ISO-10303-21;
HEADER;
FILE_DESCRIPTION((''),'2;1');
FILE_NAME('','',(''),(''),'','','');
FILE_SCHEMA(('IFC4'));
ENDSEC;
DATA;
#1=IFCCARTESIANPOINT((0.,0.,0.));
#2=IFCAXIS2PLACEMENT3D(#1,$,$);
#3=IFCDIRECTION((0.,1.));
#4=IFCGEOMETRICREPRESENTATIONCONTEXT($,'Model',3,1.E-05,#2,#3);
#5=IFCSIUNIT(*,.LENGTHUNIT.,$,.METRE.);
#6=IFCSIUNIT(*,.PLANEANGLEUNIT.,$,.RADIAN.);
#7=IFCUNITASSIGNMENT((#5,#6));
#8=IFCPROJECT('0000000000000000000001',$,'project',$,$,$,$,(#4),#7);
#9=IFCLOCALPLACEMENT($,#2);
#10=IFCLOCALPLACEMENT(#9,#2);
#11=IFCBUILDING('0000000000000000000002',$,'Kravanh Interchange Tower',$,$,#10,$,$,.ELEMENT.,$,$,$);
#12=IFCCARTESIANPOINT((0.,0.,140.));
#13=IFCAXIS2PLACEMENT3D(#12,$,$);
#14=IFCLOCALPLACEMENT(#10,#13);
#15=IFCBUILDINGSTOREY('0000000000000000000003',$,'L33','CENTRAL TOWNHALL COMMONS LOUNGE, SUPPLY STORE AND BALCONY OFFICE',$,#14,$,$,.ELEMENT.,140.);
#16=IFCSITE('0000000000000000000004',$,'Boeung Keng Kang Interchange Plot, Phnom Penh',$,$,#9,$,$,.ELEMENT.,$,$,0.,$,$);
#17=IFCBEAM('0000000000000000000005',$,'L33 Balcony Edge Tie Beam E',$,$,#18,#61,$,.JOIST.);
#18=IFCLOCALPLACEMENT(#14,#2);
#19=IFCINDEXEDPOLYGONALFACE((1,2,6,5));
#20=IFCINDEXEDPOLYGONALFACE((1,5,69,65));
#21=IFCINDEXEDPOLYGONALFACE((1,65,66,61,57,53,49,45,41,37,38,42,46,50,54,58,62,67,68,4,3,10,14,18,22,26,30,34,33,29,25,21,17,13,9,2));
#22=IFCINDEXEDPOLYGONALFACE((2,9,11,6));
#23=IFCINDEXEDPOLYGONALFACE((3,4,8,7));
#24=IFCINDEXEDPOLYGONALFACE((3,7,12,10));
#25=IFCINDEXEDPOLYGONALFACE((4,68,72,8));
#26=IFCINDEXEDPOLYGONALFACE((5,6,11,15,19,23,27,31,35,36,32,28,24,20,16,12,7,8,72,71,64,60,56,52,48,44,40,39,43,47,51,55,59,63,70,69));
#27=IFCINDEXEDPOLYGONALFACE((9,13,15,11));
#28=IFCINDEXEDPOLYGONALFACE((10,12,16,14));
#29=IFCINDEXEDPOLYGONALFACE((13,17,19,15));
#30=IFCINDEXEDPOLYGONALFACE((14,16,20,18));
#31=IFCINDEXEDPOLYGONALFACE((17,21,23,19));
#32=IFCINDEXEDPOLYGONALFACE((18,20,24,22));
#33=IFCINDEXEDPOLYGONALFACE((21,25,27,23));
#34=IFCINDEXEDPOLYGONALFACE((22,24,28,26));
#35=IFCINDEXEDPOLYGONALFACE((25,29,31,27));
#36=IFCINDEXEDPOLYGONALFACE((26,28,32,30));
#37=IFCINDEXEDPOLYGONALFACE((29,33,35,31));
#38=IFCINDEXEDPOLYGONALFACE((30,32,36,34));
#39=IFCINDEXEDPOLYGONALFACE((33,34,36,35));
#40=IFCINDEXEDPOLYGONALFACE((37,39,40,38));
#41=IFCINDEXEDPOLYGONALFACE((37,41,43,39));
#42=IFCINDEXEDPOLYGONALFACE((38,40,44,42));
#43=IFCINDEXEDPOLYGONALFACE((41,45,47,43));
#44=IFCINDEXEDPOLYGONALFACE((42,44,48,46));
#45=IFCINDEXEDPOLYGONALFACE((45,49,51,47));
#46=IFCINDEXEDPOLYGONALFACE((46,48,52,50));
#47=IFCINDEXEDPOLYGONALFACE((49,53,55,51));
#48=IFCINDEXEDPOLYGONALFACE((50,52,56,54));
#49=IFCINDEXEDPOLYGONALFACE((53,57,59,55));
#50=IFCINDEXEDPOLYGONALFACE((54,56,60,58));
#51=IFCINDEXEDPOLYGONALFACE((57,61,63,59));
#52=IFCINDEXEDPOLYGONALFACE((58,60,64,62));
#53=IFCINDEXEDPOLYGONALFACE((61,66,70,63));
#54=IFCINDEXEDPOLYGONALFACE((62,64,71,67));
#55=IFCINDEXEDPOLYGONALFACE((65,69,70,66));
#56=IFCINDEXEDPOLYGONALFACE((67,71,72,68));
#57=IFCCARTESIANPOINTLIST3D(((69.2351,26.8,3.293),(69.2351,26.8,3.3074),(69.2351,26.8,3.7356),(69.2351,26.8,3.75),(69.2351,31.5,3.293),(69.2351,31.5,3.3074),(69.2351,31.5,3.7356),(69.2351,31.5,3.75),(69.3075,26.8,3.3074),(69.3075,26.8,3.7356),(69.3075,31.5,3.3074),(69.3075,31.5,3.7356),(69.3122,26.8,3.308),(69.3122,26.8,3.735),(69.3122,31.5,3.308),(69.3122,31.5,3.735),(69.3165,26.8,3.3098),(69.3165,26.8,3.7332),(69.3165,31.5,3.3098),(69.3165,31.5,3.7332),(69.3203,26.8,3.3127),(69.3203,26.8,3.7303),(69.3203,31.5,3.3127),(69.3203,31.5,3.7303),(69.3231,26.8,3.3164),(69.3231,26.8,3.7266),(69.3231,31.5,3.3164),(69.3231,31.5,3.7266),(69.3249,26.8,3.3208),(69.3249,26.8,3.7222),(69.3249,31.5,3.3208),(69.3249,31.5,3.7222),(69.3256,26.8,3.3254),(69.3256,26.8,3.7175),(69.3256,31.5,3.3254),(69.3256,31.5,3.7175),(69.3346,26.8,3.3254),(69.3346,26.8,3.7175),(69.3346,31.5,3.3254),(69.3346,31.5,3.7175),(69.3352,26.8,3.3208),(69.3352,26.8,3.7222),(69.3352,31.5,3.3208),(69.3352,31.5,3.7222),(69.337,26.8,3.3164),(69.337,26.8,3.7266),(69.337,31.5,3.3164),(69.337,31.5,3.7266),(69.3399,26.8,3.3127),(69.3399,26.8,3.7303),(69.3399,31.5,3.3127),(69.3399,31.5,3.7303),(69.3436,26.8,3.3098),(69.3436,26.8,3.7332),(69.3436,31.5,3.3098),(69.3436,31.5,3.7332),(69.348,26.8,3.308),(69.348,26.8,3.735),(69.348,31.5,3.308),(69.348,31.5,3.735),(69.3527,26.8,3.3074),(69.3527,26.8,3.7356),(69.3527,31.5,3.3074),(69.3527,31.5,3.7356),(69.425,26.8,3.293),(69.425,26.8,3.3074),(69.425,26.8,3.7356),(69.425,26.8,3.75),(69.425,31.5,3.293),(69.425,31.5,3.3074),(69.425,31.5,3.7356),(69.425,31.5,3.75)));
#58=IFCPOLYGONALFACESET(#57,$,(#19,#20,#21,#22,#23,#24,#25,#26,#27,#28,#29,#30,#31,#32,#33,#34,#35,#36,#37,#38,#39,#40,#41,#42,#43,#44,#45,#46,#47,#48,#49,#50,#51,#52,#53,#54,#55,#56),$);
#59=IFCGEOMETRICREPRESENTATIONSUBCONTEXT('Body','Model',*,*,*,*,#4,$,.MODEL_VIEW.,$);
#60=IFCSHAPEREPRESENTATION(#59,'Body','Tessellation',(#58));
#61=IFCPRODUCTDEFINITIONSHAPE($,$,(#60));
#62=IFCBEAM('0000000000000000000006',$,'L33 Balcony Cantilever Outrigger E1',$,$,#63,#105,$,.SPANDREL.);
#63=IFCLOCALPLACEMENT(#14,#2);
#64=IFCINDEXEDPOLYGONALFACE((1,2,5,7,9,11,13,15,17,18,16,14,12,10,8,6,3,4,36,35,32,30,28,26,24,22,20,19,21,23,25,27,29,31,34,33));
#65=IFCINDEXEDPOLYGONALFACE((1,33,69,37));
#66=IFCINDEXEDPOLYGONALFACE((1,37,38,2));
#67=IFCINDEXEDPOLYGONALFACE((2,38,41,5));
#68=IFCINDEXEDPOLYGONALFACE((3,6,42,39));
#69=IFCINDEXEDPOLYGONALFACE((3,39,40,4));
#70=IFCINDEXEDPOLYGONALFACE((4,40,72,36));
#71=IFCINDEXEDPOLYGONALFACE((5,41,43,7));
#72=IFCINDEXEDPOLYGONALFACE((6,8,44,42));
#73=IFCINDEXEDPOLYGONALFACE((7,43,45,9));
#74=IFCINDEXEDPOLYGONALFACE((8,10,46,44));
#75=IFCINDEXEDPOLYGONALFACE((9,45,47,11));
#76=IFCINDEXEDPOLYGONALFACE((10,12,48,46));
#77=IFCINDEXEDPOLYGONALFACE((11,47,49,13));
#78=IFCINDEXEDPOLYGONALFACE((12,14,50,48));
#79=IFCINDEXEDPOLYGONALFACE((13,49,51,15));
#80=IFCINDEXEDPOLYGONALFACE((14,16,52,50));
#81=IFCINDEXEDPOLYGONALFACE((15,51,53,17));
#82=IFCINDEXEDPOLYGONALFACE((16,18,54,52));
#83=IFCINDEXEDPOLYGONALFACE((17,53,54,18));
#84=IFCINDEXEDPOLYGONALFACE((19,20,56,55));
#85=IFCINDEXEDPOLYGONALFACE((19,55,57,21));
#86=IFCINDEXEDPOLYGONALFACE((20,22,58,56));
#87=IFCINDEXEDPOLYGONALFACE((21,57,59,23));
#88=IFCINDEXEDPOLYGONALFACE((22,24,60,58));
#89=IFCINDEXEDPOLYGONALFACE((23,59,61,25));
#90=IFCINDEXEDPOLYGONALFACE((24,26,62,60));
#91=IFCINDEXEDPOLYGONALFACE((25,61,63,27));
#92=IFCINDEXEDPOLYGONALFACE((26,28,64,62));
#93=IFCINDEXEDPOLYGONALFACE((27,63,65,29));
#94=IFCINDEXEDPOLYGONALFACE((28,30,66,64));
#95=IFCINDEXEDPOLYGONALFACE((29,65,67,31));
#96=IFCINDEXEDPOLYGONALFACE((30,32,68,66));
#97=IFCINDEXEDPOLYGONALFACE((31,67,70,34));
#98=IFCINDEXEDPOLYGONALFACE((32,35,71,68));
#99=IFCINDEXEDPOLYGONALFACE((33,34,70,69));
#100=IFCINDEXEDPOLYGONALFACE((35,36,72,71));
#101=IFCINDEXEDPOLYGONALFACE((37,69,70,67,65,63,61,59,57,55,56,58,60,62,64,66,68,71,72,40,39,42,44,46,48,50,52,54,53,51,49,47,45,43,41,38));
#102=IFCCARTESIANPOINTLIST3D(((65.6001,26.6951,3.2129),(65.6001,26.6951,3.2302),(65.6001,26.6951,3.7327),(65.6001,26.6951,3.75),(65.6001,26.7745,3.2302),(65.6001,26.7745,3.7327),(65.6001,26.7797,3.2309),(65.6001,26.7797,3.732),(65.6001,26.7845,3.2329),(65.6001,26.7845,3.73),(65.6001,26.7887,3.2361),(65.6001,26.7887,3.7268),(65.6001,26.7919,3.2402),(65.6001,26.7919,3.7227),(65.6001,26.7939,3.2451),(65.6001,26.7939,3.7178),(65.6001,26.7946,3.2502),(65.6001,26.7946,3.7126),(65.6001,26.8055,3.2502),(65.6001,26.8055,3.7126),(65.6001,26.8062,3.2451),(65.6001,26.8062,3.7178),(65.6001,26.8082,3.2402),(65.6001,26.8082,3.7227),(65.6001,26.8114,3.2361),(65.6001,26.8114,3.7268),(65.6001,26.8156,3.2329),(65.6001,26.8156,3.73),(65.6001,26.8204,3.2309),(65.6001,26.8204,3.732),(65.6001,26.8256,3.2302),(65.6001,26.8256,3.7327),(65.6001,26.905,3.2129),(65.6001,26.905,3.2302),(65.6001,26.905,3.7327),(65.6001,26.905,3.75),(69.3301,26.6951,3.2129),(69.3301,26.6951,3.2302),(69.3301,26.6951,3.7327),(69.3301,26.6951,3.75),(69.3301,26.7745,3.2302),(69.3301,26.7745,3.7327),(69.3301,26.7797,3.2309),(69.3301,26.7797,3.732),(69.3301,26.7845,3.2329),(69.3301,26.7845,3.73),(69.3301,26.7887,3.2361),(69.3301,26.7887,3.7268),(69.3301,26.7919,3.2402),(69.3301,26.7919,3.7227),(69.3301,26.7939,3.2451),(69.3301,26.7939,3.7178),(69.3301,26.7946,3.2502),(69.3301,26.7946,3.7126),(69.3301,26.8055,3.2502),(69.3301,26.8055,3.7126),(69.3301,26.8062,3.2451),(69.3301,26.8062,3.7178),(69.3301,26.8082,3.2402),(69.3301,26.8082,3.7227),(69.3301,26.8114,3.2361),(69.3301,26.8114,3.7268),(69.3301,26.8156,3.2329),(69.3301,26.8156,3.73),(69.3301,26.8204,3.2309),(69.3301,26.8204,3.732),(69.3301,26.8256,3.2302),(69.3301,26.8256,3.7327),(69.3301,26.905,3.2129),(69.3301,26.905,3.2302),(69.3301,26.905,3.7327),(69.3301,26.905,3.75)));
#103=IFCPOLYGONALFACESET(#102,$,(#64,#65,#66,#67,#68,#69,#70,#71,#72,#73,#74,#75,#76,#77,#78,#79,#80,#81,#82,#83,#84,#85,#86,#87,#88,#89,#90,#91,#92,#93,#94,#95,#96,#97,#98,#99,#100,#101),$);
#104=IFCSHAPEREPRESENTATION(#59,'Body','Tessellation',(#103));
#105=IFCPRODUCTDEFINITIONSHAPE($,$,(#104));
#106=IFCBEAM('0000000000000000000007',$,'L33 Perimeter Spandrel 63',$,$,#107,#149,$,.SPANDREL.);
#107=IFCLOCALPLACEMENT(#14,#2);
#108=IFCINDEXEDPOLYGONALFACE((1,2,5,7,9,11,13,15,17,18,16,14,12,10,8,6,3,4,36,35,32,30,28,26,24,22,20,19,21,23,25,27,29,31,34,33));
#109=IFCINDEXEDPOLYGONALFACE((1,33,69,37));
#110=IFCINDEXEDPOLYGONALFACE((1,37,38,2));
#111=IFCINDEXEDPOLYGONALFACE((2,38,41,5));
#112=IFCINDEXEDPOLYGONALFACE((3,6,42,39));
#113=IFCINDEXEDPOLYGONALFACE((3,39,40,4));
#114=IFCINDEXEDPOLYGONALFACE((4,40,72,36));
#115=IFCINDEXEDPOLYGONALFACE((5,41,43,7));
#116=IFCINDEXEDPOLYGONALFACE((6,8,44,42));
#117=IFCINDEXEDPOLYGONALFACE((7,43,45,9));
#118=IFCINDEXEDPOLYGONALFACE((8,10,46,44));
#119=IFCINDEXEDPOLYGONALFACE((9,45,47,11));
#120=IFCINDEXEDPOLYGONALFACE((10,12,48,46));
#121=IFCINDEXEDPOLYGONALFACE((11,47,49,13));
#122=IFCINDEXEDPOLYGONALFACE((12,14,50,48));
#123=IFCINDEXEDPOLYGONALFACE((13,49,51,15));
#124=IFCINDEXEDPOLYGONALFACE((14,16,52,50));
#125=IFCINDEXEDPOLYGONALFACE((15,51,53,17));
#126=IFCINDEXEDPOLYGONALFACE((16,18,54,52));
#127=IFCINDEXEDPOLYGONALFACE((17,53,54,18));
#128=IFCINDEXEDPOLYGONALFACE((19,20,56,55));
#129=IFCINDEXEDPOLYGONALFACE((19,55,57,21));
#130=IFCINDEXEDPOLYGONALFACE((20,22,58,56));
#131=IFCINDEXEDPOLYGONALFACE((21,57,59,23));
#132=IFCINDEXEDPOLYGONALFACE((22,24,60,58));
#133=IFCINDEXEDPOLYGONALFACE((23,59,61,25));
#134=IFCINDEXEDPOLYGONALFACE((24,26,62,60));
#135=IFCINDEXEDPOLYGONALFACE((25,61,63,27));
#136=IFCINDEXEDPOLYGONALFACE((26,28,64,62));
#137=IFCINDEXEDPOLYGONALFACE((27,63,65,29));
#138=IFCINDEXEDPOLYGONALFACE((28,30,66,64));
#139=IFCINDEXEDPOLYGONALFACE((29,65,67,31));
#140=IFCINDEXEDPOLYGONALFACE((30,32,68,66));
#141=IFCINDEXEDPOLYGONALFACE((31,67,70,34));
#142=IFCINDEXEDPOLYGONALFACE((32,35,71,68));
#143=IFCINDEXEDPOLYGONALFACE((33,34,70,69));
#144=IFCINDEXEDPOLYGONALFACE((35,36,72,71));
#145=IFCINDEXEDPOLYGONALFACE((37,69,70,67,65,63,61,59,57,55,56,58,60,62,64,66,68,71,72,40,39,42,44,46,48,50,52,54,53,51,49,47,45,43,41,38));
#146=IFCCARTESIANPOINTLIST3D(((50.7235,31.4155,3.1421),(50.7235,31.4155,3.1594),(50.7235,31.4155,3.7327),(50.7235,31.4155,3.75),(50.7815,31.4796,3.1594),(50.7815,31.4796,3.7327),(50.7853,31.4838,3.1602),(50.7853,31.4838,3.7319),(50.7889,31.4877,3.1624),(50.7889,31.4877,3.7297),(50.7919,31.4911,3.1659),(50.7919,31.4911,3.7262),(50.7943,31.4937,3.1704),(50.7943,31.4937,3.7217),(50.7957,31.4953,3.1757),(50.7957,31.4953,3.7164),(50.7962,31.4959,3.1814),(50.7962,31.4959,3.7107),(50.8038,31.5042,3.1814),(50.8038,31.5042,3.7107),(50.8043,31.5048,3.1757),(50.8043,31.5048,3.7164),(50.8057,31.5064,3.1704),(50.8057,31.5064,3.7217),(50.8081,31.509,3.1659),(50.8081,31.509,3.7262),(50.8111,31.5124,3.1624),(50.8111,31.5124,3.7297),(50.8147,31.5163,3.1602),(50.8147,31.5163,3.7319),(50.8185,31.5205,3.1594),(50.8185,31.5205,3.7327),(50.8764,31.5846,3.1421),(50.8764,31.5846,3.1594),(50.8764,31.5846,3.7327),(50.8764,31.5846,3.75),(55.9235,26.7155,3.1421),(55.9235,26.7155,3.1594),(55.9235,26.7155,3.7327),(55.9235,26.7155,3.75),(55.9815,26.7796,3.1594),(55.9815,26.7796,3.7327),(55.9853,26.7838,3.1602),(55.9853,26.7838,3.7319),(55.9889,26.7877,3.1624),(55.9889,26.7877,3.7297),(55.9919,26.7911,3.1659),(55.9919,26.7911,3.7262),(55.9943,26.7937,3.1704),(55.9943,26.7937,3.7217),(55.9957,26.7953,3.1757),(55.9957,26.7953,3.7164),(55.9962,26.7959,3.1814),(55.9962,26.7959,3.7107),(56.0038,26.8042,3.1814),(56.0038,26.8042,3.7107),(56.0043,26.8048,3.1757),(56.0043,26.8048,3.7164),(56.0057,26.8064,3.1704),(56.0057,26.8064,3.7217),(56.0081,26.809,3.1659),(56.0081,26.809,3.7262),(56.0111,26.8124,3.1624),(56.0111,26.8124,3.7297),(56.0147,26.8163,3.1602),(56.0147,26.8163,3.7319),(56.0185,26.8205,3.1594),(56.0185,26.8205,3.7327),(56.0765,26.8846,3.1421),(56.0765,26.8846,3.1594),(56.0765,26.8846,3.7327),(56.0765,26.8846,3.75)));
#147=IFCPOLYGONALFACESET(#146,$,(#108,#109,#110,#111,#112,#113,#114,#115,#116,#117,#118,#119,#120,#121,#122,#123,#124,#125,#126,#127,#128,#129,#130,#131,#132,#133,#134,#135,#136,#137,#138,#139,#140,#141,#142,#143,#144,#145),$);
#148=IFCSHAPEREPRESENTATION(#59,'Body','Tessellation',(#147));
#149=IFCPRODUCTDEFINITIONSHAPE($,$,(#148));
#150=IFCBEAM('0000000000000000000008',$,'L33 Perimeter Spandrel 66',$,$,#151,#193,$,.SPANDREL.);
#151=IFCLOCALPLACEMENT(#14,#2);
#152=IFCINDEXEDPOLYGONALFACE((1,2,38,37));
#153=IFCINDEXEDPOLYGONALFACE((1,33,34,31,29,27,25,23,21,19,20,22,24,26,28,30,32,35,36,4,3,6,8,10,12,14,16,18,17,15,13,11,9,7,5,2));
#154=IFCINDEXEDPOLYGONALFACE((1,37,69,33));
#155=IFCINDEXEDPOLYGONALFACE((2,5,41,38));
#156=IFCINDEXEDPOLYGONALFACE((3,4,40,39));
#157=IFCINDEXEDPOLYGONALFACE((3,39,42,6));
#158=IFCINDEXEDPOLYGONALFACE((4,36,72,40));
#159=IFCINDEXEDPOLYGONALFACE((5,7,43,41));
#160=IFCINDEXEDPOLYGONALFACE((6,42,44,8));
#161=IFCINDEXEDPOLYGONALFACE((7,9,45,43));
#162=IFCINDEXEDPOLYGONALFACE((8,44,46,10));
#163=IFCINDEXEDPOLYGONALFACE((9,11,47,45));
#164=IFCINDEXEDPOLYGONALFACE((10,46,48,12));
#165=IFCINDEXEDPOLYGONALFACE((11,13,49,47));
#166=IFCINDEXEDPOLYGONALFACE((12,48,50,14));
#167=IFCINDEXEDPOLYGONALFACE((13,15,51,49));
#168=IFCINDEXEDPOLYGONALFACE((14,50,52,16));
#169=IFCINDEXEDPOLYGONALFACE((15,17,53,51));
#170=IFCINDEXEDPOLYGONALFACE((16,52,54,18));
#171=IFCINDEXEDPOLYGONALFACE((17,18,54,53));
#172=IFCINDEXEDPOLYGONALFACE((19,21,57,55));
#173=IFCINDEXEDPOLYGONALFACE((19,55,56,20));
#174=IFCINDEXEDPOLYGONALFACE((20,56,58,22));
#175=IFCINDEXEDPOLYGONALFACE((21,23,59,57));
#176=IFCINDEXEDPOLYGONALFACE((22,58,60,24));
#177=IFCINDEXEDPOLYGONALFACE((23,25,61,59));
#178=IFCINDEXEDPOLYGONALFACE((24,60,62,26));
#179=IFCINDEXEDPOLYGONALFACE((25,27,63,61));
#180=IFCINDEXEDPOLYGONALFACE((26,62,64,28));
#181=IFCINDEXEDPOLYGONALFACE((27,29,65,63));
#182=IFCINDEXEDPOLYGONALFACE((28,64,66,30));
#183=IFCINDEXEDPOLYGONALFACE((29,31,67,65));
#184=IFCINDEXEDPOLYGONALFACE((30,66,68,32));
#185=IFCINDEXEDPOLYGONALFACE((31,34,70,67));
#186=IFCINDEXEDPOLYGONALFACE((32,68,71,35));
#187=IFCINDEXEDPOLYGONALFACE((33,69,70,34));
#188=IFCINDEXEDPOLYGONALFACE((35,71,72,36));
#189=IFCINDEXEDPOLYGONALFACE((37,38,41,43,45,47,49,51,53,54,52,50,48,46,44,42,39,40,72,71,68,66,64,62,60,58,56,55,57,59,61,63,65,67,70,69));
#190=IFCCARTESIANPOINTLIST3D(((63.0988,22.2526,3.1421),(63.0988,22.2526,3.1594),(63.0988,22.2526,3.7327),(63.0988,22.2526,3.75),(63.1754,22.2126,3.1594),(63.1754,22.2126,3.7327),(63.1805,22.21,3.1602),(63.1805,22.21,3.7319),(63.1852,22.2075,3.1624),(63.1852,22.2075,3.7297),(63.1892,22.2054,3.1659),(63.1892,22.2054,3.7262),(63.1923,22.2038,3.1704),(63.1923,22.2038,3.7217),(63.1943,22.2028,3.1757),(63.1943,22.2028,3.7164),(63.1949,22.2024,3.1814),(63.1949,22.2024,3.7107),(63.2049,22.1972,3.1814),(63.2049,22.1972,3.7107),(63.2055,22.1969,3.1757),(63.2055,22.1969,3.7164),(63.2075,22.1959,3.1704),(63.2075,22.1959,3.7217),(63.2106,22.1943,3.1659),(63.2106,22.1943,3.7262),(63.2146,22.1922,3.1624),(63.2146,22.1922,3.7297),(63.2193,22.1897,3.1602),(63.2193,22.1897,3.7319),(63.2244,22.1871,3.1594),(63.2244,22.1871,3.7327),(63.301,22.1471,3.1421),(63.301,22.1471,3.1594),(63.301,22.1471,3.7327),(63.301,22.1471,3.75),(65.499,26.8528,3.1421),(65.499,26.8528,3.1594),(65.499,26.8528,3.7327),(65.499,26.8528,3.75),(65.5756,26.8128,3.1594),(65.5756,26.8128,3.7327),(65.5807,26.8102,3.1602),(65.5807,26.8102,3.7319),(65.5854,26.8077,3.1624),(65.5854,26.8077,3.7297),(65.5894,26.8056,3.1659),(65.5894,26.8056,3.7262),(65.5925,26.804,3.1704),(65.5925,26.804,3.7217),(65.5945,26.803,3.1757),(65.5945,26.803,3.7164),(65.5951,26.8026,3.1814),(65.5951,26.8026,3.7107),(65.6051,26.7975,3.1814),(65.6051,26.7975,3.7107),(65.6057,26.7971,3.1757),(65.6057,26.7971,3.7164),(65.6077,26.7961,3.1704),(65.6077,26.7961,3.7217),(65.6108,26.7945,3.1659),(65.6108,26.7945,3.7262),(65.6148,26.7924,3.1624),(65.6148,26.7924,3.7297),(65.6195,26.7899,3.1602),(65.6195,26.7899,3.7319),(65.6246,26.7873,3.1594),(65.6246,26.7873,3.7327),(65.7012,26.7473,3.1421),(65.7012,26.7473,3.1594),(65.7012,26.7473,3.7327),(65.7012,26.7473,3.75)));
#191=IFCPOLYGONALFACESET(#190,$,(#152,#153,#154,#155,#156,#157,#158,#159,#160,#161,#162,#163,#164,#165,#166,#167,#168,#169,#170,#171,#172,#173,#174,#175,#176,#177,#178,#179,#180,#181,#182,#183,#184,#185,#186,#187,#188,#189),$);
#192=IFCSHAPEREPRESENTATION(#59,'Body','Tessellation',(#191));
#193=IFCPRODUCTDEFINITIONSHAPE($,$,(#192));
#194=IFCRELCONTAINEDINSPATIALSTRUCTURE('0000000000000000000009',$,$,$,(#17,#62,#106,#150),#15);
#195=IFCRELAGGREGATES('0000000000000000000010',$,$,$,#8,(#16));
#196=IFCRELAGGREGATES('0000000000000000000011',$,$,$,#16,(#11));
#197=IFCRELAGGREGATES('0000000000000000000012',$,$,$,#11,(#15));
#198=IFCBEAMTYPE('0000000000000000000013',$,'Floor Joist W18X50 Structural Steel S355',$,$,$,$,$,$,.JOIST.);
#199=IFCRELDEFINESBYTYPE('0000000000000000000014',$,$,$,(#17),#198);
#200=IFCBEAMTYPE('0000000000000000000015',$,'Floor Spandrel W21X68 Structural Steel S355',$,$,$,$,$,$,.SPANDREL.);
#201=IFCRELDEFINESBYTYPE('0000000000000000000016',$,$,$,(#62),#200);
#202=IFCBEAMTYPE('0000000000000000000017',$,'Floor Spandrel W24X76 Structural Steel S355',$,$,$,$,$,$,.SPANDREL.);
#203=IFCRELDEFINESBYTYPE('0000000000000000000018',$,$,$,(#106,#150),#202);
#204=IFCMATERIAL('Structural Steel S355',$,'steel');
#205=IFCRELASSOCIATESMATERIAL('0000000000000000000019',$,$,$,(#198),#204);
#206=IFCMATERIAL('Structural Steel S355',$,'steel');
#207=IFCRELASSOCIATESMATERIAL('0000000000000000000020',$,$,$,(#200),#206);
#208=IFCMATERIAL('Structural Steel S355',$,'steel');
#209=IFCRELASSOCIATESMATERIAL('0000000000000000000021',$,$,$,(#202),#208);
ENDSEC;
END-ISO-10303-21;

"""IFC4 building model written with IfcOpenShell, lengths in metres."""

from ifc_helpers import new_model, si_unit, direction, frame, origin, origin_2d, place, context, subcontext, project, spatial, i_section, extrude, material, material_profile, profile_set, type_object, element, save


model = new_model("IFC4")

# Units and contexts
model_context = context("Model", 3, precision=1e-05, world=origin(), true_north=direction((0.0, 1.0)))
body_context = subcontext(model_context, "Body", "Model", "MODEL_VIEW")
ifc_project = project(units=[si_unit("LENGTHUNIT", "METRE"), si_unit("PLANEANGLEUNIT", "RADIAN")], contexts=[model_context])

# Site, building, storey
site_placement = place(None, origin())
site = spatial("IfcSite", under=ifc_project, at=site_placement, Name="Boeung Keng Kang Interchange Plot, Phnom Penh", CompositionType="ELEMENT", RefElevation=0.0)
building_placement = place(site_placement, origin())
building = spatial("IfcBuilding", under=site, at=building_placement, Name="Kravanh Interchange Tower", CompositionType="ELEMENT")
storey_placement = place(building_placement, frame((0.0, 0.0, 140.0)))
storey = spatial("IfcBuildingStorey", under=building, at=storey_placement, Name="L33", Description="CENTRAL TOWNHALL COMMONS LOUNGE, SUPPLY STORE AND BALCONY OFFICE", CompositionType="ELEMENT", Elevation=140.0)

# Beams
ifc_material_1 = material(Name="Structural Steel S355", Category="steel")
ifc_material_profile_1 = material_profile(ifc_material_1, i_section(OverallWidth=0.1899, OverallDepth=0.457, WebThickness=0.009, FlangeThickness=0.0144, FilletRadius=0.0181, at=origin_2d()), Name="W18X50")
ifc_profile_set_1 = profile_set([ifc_material_profile_1], Name="Structural Steel S355")
beam_type_1 = type_object("IfcBeamType", Name="Floor Joist W18X50 Structural Steel S355", PredefinedType="JOIST", material=ifc_profile_set_1)
beam_1_placement = place(storey_placement, frame((69.3301, 26.8, 3.5215), z_axis=(0.0, 1.0, 0.0), x_axis=(-1.0, 0.0, 0.0)))
element("IfcBeam", 1, at=beam_1_placement, inside=storey, type_object=beam_type_1, Name="L33 Balcony Edge Tie Beam E", PredefinedType="JOIST", context=body_context, shape_type="SweptSolid", body=[
    extrude(i_section(OverallWidth=0.1899, OverallDepth=0.457, WebThickness=0.009, FlangeThickness=0.0144, FilletRadius=0.0181, at=origin_2d()), origin(), (0.0, 0.0, 1.0), 4.7),
])
ifc_material_2 = material(Name="Structural Steel S355", Category="steel")
ifc_material_profile_2 = material_profile(ifc_material_2, i_section(OverallWidth=0.21, OverallDepth=0.5371, WebThickness=0.011, FlangeThickness=0.0173, FilletRadius=0.02, at=origin_2d()), Name="W21X68")
ifc_profile_set_2 = profile_set([ifc_material_profile_2], Name="Structural Steel S355")
beam_type_2 = type_object("IfcBeamType", Name="Floor Spandrel W21X68 Structural Steel S355", PredefinedType="SPANDREL", material=ifc_profile_set_2)
beam_2_placement = place(storey_placement, frame((65.6001, 26.8, 3.4814), z_axis=(1.0, 0.0, 0.0), x_axis=(0.0, 1.0, 0.0)))
element("IfcBeam", 2, at=beam_2_placement, inside=storey, type_object=beam_type_2, Name="L33 Balcony Cantilever Outrigger E1", PredefinedType="SPANDREL", context=body_context, shape_type="SweptSolid", body=[
    extrude(i_section(OverallWidth=0.21, OverallDepth=0.5371, WebThickness=0.011, FlangeThickness=0.0173, FilletRadius=0.02, at=origin_2d()), origin(), (0.0, 0.0, 1.0), 3.73),
])
ifc_material_3 = material(Name="Structural Steel S355", Category="steel")
ifc_material_profile_3 = material_profile(ifc_material_3, i_section(OverallWidth=0.228, OverallDepth=0.6079, WebThickness=0.0112, FlangeThickness=0.0173, FilletRadius=0.022, at=origin_2d()), Name="W24X76")
ifc_profile_set_3 = profile_set([ifc_material_profile_3], Name="Structural Steel S355")
beam_type_3 = type_object("IfcBeamType", Name="Floor Spandrel W24X76 Structural Steel S355", PredefinedType="SPANDREL", material=ifc_profile_set_3)
beam_3_placement = place(storey_placement, frame((56.0, 26.8, 3.446), z_axis=(-0.741874, 0.670539, 0.0), x_axis=(-0.670539, -0.741874, 0.0)))
element("IfcBeam", 3, at=beam_3_placement, inside=storey, type_object=beam_type_3, Name="L33 Perimeter Spandrel 63", PredefinedType="SPANDREL", context=body_context, shape_type="SweptSolid", body=[
    extrude(i_section(OverallWidth=0.228, OverallDepth=0.6079, WebThickness=0.0112, FlangeThickness=0.0173, FilletRadius=0.022, at=origin_2d()), origin(), (0.0, 0.0, 1.0), 7.0093),
])
beam_4_placement = place(storey_placement, frame((65.6001, 26.8, 3.446), z_axis=(-0.46258, -0.886577, 0.0), x_axis=(0.886577, -0.46258, 0.0)))
element("IfcBeam", 4, at=beam_4_placement, inside=storey, type_object=beam_type_3, Name="L33 Perimeter Spandrel 66", PredefinedType="SPANDREL", context=body_context, shape_type="SweptSolid", body=[
    extrude(i_section(OverallWidth=0.228, OverallDepth=0.6079, WebThickness=0.0112, FlangeThickness=0.0173, FilletRadius=0.022, at=origin_2d()), origin(), (0.0, 0.0, 1.0), 5.1887),
])

save(model, "model.ifc")
